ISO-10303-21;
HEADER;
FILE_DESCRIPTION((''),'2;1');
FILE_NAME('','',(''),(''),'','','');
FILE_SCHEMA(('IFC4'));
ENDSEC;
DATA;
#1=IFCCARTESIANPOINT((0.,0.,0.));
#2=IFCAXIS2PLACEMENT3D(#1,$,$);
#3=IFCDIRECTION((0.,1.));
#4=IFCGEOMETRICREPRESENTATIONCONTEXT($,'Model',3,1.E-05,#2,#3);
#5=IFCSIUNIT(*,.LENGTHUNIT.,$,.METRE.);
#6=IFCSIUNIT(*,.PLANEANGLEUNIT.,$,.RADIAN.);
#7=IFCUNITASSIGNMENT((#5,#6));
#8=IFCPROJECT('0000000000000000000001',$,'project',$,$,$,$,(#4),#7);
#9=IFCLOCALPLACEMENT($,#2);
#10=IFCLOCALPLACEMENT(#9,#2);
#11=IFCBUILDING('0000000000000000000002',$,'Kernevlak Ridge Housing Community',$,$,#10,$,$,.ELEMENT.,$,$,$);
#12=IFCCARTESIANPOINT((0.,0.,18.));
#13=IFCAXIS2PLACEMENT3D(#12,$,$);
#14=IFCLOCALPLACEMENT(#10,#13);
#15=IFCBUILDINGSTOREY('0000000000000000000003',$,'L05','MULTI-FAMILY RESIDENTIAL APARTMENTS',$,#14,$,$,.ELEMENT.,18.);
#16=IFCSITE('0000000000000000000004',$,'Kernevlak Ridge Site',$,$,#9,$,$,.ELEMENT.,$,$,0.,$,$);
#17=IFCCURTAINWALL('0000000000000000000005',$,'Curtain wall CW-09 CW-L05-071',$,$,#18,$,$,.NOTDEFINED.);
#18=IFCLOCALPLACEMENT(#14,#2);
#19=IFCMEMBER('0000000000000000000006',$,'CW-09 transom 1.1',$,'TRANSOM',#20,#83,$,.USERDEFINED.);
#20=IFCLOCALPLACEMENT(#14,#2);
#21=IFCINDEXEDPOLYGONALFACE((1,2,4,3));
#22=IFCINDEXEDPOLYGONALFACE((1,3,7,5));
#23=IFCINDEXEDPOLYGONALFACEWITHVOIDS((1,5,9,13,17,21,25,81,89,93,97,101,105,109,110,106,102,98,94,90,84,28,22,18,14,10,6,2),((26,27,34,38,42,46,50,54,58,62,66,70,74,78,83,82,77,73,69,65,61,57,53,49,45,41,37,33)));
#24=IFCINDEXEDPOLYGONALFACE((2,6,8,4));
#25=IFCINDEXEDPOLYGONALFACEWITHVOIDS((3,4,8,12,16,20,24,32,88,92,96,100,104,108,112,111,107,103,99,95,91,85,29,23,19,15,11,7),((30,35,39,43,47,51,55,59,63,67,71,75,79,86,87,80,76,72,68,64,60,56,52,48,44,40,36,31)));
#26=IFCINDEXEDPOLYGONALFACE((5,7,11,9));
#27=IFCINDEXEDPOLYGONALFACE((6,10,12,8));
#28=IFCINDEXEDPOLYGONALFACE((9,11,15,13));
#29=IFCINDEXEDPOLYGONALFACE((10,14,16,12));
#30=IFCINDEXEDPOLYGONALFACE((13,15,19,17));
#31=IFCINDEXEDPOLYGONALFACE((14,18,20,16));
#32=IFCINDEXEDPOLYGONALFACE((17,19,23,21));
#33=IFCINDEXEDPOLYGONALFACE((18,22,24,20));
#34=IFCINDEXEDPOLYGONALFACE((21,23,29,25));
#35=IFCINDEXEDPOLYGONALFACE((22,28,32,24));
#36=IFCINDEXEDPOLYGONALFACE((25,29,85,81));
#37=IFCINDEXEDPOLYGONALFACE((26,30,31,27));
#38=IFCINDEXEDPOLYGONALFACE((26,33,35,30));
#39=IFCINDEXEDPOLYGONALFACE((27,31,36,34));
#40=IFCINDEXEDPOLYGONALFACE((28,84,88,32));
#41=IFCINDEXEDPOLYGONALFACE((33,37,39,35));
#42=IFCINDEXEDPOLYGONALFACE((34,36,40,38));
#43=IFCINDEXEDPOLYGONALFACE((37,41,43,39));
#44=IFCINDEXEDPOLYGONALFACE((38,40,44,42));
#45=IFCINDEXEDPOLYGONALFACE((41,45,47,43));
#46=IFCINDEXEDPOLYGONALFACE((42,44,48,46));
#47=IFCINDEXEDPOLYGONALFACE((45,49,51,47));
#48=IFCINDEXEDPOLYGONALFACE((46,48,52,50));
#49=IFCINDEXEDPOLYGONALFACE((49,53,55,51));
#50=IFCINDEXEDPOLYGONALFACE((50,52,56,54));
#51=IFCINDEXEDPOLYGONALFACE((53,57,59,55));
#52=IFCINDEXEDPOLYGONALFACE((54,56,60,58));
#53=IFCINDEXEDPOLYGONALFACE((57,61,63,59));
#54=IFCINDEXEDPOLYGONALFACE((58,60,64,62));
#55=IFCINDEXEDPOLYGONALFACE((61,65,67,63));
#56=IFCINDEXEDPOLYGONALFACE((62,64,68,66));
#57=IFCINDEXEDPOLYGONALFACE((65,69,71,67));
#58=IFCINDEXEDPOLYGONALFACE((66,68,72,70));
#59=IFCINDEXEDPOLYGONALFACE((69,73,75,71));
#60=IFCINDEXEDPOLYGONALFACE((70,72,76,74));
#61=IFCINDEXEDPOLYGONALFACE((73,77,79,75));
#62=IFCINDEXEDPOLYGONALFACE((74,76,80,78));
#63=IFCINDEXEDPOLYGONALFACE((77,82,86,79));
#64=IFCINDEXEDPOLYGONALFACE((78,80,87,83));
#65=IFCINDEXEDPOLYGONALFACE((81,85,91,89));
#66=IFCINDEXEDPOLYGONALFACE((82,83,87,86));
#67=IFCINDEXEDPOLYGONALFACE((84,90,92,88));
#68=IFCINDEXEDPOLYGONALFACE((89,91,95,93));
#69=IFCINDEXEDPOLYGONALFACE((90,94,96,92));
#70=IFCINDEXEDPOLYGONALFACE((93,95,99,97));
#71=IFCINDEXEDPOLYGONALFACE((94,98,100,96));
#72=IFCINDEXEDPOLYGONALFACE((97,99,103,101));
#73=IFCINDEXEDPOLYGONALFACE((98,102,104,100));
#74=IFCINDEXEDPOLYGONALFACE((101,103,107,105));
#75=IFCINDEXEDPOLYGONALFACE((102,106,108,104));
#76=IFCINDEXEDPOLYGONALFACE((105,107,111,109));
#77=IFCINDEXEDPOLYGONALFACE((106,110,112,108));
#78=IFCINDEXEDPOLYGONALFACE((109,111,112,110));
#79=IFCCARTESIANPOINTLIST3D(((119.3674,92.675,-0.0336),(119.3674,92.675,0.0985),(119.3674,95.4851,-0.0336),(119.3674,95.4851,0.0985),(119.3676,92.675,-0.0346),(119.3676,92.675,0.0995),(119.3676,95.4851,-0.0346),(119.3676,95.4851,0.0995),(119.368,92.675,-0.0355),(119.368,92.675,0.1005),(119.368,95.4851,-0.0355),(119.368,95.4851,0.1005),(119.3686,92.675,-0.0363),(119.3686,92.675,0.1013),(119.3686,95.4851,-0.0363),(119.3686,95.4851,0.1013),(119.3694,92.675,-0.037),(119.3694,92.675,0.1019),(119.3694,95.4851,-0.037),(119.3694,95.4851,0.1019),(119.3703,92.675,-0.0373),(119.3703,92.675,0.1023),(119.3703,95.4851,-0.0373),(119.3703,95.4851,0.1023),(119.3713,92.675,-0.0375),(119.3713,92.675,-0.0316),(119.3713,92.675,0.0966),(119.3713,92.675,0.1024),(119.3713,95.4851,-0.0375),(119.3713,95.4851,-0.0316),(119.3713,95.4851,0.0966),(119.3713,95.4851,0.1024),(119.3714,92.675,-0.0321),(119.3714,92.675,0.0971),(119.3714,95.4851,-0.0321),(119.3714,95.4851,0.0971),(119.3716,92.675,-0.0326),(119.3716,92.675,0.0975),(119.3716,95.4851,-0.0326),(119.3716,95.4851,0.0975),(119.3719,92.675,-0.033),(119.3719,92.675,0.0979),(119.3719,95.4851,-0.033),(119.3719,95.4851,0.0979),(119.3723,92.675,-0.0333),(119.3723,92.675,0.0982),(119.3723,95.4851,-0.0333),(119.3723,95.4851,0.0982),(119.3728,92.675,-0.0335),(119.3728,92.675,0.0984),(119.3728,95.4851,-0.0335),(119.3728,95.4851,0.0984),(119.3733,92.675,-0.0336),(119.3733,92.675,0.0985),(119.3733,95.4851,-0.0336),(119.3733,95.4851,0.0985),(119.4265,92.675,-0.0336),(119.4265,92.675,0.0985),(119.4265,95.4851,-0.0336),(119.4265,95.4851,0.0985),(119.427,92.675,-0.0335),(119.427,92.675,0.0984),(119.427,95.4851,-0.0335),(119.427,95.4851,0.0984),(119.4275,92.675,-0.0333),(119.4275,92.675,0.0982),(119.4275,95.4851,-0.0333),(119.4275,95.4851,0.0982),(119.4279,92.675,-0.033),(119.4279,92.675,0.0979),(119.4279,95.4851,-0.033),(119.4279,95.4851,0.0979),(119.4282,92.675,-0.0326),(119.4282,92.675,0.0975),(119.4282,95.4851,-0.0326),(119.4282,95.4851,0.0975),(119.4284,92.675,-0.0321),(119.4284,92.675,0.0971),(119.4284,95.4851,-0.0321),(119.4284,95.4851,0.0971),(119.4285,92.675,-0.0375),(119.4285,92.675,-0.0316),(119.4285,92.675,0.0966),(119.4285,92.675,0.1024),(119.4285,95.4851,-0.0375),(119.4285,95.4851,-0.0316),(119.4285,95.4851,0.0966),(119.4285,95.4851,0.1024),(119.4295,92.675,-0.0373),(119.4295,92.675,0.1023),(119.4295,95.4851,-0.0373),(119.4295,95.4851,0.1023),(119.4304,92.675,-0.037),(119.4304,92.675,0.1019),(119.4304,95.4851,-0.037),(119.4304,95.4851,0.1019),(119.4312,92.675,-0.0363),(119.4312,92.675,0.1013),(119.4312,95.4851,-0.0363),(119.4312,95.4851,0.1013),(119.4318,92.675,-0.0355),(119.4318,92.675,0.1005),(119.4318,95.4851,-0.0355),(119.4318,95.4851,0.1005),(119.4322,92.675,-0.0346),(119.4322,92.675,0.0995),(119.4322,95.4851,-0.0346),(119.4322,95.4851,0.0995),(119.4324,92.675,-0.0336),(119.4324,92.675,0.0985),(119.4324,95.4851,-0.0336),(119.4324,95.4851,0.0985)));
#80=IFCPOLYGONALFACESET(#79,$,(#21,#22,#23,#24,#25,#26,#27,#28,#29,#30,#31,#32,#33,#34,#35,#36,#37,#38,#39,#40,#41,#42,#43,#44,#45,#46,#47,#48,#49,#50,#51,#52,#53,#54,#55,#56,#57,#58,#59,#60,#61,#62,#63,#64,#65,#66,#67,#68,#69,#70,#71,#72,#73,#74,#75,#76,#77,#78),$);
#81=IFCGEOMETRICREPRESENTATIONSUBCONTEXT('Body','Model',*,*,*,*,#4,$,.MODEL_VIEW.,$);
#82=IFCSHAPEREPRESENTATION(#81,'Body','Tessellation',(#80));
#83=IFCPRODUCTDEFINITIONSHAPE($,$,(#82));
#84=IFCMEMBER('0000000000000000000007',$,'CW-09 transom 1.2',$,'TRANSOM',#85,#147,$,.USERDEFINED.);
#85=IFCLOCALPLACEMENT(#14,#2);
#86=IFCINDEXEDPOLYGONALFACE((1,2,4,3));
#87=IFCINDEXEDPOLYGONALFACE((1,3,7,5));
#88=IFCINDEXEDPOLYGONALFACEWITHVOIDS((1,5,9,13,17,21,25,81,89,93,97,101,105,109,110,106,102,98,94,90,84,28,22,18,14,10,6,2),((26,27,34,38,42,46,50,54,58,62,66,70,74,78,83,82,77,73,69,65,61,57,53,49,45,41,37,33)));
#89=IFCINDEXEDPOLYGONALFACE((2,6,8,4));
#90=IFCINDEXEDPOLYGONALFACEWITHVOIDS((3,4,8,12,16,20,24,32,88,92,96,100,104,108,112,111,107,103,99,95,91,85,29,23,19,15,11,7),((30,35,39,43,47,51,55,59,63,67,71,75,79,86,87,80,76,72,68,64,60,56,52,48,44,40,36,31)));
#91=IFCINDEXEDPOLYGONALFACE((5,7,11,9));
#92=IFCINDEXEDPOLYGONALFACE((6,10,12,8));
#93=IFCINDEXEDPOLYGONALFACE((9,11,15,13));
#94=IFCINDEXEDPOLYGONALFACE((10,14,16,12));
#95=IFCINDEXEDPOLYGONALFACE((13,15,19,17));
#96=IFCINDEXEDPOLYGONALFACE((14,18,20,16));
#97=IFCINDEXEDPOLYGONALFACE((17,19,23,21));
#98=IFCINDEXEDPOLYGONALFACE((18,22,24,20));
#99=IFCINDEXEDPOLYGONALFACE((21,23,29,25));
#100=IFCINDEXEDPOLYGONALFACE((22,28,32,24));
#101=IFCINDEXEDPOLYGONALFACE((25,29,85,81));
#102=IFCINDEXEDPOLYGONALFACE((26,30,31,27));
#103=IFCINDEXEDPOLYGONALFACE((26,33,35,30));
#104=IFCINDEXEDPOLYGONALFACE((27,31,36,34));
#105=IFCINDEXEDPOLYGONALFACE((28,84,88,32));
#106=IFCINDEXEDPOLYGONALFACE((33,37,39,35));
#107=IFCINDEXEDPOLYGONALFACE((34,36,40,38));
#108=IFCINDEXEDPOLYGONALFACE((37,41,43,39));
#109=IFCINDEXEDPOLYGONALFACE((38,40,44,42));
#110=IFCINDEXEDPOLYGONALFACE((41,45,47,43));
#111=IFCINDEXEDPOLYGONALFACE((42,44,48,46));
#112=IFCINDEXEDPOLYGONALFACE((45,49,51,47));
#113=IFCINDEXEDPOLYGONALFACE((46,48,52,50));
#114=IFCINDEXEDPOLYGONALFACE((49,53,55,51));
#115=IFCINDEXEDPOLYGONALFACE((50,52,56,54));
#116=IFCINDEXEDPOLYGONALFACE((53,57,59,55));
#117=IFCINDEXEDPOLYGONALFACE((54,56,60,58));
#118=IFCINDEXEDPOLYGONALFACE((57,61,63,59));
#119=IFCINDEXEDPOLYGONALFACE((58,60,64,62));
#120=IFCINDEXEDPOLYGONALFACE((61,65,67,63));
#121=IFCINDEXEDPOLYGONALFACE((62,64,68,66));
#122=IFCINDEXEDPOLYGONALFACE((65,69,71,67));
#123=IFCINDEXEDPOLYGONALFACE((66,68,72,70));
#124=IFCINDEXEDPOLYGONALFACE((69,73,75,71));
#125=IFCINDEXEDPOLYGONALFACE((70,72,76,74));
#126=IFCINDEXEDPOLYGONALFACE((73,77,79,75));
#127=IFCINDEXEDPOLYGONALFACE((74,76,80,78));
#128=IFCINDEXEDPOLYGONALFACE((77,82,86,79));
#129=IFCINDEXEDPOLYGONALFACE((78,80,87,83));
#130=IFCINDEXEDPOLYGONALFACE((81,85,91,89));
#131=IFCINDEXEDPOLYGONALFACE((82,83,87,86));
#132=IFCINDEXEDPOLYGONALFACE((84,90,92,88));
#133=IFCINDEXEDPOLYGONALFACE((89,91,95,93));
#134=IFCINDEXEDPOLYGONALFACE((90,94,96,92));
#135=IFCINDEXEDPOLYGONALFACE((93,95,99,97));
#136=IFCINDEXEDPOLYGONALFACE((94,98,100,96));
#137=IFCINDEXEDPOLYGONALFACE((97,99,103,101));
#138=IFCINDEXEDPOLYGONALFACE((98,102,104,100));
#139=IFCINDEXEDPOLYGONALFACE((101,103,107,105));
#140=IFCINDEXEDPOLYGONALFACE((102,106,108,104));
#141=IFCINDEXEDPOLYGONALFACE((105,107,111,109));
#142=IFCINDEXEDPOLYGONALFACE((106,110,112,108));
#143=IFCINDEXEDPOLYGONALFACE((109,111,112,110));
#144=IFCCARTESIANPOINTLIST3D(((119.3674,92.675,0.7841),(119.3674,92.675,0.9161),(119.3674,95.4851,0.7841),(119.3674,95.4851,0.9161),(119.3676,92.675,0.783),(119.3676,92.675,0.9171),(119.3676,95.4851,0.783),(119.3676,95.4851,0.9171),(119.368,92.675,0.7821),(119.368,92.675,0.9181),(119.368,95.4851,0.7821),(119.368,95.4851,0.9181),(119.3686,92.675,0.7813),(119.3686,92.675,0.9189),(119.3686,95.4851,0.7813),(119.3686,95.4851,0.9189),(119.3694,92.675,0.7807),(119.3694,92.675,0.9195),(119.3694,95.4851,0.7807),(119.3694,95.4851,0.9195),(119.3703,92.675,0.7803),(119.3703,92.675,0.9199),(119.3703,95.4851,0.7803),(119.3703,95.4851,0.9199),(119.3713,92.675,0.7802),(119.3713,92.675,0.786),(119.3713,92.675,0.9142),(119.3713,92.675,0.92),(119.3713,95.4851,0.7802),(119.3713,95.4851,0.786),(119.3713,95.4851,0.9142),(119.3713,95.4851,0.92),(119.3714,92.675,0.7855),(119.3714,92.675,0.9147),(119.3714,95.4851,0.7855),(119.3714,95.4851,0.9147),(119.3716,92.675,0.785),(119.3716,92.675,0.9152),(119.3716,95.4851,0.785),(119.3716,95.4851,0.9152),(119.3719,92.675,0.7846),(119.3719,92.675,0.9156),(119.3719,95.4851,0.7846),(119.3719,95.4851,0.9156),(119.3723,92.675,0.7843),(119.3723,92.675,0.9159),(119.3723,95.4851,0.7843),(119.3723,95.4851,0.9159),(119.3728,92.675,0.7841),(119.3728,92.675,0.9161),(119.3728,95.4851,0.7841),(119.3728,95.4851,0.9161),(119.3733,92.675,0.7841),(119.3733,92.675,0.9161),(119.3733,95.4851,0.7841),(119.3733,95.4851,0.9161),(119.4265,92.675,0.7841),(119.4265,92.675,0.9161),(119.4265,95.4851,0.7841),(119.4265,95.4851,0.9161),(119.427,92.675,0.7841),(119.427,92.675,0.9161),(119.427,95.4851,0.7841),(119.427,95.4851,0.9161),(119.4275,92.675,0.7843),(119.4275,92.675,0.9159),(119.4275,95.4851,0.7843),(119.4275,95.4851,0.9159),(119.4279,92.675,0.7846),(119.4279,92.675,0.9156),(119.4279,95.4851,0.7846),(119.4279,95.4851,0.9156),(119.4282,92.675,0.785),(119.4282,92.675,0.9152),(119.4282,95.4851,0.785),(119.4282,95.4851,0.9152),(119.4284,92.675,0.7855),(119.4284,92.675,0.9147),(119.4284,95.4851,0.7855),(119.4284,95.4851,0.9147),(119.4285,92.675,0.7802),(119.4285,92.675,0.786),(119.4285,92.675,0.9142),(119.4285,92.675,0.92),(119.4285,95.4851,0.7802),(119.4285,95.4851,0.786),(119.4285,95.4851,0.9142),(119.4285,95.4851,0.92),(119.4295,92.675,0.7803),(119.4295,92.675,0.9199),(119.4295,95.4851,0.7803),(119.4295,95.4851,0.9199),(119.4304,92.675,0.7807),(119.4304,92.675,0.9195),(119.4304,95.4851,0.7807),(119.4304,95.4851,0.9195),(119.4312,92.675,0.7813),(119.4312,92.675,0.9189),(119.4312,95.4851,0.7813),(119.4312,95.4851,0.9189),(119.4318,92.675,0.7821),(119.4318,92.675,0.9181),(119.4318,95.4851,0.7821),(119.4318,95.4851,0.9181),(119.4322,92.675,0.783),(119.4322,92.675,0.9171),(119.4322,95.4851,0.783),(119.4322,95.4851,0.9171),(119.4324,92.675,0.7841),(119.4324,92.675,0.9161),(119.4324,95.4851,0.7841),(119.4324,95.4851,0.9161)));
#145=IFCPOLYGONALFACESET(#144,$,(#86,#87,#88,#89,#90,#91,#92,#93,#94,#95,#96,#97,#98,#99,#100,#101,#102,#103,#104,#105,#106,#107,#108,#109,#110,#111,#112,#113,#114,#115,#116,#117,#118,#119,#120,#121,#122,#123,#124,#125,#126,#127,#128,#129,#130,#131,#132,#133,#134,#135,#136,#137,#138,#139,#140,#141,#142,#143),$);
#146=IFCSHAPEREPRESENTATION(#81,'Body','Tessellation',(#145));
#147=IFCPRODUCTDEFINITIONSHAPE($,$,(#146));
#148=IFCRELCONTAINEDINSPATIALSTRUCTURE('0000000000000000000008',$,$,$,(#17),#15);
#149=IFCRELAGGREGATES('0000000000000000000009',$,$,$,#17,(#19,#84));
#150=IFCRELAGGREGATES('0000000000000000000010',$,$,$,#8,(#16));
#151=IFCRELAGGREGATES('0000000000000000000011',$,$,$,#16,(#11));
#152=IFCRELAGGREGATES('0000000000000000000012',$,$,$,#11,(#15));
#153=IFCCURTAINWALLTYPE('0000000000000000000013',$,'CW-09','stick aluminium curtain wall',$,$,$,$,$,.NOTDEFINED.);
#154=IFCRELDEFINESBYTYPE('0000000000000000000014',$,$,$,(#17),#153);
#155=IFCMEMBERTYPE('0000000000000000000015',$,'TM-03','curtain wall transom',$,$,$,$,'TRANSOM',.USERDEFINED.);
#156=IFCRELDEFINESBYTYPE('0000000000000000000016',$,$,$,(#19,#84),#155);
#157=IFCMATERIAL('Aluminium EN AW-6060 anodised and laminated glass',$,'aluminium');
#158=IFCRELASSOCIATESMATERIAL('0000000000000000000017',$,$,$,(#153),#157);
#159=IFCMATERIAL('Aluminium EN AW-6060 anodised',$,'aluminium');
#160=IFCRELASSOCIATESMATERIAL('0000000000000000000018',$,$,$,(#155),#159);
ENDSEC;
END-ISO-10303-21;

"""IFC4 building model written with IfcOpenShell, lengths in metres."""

from ifc_helpers import new_model, si_unit, direction, frame, origin, origin_2d, place, context, subcontext, project, spatial, hollow_rectangle, extrude, material, material_profile, profile_set, type_object, element, aggregate, save


model = new_model("IFC4")

# Units and contexts
model_context = context("Model", 3, precision=1e-05, world=origin(), true_north=direction((0.0, 1.0)))
body_context = subcontext(model_context, "Body", "Model", "MODEL_VIEW")
ifc_project = project(units=[si_unit("LENGTHUNIT", "METRE"), si_unit("PLANEANGLEUNIT", "RADIAN")], contexts=[model_context])

# Site, building, storey
site_placement = place(None, origin())
site = spatial("IfcSite", under=ifc_project, at=site_placement, Name="Kernevlak Ridge Site", CompositionType="ELEMENT", RefElevation=0.0)
building_placement = place(site_placement, origin())
building = spatial("IfcBuilding", under=site, at=building_placement, Name="Kernevlak Ridge Housing Community", CompositionType="ELEMENT")
storey_placement = place(building_placement, frame((0.0, 0.0, 18.0)))
storey = spatial("IfcBuildingStorey", under=building, at=storey_placement, Name="L05", Description="MULTI-FAMILY RESIDENTIAL APARTMENTS", CompositionType="ELEMENT", Elevation=18.0)

# Shared definitions
ifc_material_1 = material(Name="Aluminium EN AW-6060 anodised and laminated glass", Category="aluminium")
ifc_material_2 = material(Name="Aluminium EN AW-6060 anodised", Category="aluminium")

# Curtain wall
curtain_wall_type_1 = type_object("IfcCurtainWallType", Name="CW-09", Description="stick aluminium curtain wall", PredefinedType="NOTDEFINED", material=ifc_material_1)
curtain_wall_1_placement = place(storey_placement, origin())
curtain_wall_1 = element("IfcCurtainWall", 1, at=curtain_wall_1_placement, inside=storey, type_object=curtain_wall_type_1, Name="Curtain wall CW-09 CW-L05-071", PredefinedType="NOTDEFINED")

# Members
ifc_material_profile_1 = material_profile(ifc_material_2, hollow_rectangle(XDim=0.0649, YDim=0.1399, WallThickness=0.0039, InnerFilletRadius=0.002, OuterFilletRadius=0.0039, at=origin_2d()), Name="ALU 65x140x4")
ifc_profile_set_1 = profile_set([ifc_material_profile_1], Name="Aluminium EN AW-6060 anodised")
member_type_1 = type_object("IfcMemberType", Name="TM-03", Description="curtain wall transom", ElementType="TRANSOM", PredefinedType="USERDEFINED", material=ifc_profile_set_1)
member_1_placement = place(storey_placement, frame((119.3999, 92.675, 0.0325), z_axis=(0.0, 1.0, 0.0), x_axis=(-1.0, 0.0, 0.0)))
member_1 = element("IfcMember", 2, at=member_1_placement, type_object=member_type_1, Name="CW-09 transom 1.1", ObjectType="TRANSOM", PredefinedType="USERDEFINED", context=body_context, shape_type="SweptSolid", body=[
    extrude(hollow_rectangle(XDim=0.0649, YDim=0.1399, WallThickness=0.0039, InnerFilletRadius=0.002, OuterFilletRadius=0.0039, at=origin_2d()), origin(), (0.0, 0.0, 1.0), 2.8101),
])
member_2_placement = place(storey_placement, frame((119.3999, 92.675, 0.8501), z_axis=(0.0, 1.0, 0.0), x_axis=(-1.0, 0.0, 0.0)))
member_2 = element("IfcMember", 3, at=member_2_placement, type_object=member_type_1, Name="CW-09 transom 1.2", ObjectType="TRANSOM", PredefinedType="USERDEFINED", context=body_context, shape_type="SweptSolid", body=[
    extrude(hollow_rectangle(XDim=0.0649, YDim=0.1399, WallThickness=0.0039, InnerFilletRadius=0.002, OuterFilletRadius=0.0039, at=origin_2d()), origin(), (0.0, 0.0, 1.0), 2.8101),
])

aggregate(curtain_wall_1, [member_1, member_2])

save(model, "model.ifc")
